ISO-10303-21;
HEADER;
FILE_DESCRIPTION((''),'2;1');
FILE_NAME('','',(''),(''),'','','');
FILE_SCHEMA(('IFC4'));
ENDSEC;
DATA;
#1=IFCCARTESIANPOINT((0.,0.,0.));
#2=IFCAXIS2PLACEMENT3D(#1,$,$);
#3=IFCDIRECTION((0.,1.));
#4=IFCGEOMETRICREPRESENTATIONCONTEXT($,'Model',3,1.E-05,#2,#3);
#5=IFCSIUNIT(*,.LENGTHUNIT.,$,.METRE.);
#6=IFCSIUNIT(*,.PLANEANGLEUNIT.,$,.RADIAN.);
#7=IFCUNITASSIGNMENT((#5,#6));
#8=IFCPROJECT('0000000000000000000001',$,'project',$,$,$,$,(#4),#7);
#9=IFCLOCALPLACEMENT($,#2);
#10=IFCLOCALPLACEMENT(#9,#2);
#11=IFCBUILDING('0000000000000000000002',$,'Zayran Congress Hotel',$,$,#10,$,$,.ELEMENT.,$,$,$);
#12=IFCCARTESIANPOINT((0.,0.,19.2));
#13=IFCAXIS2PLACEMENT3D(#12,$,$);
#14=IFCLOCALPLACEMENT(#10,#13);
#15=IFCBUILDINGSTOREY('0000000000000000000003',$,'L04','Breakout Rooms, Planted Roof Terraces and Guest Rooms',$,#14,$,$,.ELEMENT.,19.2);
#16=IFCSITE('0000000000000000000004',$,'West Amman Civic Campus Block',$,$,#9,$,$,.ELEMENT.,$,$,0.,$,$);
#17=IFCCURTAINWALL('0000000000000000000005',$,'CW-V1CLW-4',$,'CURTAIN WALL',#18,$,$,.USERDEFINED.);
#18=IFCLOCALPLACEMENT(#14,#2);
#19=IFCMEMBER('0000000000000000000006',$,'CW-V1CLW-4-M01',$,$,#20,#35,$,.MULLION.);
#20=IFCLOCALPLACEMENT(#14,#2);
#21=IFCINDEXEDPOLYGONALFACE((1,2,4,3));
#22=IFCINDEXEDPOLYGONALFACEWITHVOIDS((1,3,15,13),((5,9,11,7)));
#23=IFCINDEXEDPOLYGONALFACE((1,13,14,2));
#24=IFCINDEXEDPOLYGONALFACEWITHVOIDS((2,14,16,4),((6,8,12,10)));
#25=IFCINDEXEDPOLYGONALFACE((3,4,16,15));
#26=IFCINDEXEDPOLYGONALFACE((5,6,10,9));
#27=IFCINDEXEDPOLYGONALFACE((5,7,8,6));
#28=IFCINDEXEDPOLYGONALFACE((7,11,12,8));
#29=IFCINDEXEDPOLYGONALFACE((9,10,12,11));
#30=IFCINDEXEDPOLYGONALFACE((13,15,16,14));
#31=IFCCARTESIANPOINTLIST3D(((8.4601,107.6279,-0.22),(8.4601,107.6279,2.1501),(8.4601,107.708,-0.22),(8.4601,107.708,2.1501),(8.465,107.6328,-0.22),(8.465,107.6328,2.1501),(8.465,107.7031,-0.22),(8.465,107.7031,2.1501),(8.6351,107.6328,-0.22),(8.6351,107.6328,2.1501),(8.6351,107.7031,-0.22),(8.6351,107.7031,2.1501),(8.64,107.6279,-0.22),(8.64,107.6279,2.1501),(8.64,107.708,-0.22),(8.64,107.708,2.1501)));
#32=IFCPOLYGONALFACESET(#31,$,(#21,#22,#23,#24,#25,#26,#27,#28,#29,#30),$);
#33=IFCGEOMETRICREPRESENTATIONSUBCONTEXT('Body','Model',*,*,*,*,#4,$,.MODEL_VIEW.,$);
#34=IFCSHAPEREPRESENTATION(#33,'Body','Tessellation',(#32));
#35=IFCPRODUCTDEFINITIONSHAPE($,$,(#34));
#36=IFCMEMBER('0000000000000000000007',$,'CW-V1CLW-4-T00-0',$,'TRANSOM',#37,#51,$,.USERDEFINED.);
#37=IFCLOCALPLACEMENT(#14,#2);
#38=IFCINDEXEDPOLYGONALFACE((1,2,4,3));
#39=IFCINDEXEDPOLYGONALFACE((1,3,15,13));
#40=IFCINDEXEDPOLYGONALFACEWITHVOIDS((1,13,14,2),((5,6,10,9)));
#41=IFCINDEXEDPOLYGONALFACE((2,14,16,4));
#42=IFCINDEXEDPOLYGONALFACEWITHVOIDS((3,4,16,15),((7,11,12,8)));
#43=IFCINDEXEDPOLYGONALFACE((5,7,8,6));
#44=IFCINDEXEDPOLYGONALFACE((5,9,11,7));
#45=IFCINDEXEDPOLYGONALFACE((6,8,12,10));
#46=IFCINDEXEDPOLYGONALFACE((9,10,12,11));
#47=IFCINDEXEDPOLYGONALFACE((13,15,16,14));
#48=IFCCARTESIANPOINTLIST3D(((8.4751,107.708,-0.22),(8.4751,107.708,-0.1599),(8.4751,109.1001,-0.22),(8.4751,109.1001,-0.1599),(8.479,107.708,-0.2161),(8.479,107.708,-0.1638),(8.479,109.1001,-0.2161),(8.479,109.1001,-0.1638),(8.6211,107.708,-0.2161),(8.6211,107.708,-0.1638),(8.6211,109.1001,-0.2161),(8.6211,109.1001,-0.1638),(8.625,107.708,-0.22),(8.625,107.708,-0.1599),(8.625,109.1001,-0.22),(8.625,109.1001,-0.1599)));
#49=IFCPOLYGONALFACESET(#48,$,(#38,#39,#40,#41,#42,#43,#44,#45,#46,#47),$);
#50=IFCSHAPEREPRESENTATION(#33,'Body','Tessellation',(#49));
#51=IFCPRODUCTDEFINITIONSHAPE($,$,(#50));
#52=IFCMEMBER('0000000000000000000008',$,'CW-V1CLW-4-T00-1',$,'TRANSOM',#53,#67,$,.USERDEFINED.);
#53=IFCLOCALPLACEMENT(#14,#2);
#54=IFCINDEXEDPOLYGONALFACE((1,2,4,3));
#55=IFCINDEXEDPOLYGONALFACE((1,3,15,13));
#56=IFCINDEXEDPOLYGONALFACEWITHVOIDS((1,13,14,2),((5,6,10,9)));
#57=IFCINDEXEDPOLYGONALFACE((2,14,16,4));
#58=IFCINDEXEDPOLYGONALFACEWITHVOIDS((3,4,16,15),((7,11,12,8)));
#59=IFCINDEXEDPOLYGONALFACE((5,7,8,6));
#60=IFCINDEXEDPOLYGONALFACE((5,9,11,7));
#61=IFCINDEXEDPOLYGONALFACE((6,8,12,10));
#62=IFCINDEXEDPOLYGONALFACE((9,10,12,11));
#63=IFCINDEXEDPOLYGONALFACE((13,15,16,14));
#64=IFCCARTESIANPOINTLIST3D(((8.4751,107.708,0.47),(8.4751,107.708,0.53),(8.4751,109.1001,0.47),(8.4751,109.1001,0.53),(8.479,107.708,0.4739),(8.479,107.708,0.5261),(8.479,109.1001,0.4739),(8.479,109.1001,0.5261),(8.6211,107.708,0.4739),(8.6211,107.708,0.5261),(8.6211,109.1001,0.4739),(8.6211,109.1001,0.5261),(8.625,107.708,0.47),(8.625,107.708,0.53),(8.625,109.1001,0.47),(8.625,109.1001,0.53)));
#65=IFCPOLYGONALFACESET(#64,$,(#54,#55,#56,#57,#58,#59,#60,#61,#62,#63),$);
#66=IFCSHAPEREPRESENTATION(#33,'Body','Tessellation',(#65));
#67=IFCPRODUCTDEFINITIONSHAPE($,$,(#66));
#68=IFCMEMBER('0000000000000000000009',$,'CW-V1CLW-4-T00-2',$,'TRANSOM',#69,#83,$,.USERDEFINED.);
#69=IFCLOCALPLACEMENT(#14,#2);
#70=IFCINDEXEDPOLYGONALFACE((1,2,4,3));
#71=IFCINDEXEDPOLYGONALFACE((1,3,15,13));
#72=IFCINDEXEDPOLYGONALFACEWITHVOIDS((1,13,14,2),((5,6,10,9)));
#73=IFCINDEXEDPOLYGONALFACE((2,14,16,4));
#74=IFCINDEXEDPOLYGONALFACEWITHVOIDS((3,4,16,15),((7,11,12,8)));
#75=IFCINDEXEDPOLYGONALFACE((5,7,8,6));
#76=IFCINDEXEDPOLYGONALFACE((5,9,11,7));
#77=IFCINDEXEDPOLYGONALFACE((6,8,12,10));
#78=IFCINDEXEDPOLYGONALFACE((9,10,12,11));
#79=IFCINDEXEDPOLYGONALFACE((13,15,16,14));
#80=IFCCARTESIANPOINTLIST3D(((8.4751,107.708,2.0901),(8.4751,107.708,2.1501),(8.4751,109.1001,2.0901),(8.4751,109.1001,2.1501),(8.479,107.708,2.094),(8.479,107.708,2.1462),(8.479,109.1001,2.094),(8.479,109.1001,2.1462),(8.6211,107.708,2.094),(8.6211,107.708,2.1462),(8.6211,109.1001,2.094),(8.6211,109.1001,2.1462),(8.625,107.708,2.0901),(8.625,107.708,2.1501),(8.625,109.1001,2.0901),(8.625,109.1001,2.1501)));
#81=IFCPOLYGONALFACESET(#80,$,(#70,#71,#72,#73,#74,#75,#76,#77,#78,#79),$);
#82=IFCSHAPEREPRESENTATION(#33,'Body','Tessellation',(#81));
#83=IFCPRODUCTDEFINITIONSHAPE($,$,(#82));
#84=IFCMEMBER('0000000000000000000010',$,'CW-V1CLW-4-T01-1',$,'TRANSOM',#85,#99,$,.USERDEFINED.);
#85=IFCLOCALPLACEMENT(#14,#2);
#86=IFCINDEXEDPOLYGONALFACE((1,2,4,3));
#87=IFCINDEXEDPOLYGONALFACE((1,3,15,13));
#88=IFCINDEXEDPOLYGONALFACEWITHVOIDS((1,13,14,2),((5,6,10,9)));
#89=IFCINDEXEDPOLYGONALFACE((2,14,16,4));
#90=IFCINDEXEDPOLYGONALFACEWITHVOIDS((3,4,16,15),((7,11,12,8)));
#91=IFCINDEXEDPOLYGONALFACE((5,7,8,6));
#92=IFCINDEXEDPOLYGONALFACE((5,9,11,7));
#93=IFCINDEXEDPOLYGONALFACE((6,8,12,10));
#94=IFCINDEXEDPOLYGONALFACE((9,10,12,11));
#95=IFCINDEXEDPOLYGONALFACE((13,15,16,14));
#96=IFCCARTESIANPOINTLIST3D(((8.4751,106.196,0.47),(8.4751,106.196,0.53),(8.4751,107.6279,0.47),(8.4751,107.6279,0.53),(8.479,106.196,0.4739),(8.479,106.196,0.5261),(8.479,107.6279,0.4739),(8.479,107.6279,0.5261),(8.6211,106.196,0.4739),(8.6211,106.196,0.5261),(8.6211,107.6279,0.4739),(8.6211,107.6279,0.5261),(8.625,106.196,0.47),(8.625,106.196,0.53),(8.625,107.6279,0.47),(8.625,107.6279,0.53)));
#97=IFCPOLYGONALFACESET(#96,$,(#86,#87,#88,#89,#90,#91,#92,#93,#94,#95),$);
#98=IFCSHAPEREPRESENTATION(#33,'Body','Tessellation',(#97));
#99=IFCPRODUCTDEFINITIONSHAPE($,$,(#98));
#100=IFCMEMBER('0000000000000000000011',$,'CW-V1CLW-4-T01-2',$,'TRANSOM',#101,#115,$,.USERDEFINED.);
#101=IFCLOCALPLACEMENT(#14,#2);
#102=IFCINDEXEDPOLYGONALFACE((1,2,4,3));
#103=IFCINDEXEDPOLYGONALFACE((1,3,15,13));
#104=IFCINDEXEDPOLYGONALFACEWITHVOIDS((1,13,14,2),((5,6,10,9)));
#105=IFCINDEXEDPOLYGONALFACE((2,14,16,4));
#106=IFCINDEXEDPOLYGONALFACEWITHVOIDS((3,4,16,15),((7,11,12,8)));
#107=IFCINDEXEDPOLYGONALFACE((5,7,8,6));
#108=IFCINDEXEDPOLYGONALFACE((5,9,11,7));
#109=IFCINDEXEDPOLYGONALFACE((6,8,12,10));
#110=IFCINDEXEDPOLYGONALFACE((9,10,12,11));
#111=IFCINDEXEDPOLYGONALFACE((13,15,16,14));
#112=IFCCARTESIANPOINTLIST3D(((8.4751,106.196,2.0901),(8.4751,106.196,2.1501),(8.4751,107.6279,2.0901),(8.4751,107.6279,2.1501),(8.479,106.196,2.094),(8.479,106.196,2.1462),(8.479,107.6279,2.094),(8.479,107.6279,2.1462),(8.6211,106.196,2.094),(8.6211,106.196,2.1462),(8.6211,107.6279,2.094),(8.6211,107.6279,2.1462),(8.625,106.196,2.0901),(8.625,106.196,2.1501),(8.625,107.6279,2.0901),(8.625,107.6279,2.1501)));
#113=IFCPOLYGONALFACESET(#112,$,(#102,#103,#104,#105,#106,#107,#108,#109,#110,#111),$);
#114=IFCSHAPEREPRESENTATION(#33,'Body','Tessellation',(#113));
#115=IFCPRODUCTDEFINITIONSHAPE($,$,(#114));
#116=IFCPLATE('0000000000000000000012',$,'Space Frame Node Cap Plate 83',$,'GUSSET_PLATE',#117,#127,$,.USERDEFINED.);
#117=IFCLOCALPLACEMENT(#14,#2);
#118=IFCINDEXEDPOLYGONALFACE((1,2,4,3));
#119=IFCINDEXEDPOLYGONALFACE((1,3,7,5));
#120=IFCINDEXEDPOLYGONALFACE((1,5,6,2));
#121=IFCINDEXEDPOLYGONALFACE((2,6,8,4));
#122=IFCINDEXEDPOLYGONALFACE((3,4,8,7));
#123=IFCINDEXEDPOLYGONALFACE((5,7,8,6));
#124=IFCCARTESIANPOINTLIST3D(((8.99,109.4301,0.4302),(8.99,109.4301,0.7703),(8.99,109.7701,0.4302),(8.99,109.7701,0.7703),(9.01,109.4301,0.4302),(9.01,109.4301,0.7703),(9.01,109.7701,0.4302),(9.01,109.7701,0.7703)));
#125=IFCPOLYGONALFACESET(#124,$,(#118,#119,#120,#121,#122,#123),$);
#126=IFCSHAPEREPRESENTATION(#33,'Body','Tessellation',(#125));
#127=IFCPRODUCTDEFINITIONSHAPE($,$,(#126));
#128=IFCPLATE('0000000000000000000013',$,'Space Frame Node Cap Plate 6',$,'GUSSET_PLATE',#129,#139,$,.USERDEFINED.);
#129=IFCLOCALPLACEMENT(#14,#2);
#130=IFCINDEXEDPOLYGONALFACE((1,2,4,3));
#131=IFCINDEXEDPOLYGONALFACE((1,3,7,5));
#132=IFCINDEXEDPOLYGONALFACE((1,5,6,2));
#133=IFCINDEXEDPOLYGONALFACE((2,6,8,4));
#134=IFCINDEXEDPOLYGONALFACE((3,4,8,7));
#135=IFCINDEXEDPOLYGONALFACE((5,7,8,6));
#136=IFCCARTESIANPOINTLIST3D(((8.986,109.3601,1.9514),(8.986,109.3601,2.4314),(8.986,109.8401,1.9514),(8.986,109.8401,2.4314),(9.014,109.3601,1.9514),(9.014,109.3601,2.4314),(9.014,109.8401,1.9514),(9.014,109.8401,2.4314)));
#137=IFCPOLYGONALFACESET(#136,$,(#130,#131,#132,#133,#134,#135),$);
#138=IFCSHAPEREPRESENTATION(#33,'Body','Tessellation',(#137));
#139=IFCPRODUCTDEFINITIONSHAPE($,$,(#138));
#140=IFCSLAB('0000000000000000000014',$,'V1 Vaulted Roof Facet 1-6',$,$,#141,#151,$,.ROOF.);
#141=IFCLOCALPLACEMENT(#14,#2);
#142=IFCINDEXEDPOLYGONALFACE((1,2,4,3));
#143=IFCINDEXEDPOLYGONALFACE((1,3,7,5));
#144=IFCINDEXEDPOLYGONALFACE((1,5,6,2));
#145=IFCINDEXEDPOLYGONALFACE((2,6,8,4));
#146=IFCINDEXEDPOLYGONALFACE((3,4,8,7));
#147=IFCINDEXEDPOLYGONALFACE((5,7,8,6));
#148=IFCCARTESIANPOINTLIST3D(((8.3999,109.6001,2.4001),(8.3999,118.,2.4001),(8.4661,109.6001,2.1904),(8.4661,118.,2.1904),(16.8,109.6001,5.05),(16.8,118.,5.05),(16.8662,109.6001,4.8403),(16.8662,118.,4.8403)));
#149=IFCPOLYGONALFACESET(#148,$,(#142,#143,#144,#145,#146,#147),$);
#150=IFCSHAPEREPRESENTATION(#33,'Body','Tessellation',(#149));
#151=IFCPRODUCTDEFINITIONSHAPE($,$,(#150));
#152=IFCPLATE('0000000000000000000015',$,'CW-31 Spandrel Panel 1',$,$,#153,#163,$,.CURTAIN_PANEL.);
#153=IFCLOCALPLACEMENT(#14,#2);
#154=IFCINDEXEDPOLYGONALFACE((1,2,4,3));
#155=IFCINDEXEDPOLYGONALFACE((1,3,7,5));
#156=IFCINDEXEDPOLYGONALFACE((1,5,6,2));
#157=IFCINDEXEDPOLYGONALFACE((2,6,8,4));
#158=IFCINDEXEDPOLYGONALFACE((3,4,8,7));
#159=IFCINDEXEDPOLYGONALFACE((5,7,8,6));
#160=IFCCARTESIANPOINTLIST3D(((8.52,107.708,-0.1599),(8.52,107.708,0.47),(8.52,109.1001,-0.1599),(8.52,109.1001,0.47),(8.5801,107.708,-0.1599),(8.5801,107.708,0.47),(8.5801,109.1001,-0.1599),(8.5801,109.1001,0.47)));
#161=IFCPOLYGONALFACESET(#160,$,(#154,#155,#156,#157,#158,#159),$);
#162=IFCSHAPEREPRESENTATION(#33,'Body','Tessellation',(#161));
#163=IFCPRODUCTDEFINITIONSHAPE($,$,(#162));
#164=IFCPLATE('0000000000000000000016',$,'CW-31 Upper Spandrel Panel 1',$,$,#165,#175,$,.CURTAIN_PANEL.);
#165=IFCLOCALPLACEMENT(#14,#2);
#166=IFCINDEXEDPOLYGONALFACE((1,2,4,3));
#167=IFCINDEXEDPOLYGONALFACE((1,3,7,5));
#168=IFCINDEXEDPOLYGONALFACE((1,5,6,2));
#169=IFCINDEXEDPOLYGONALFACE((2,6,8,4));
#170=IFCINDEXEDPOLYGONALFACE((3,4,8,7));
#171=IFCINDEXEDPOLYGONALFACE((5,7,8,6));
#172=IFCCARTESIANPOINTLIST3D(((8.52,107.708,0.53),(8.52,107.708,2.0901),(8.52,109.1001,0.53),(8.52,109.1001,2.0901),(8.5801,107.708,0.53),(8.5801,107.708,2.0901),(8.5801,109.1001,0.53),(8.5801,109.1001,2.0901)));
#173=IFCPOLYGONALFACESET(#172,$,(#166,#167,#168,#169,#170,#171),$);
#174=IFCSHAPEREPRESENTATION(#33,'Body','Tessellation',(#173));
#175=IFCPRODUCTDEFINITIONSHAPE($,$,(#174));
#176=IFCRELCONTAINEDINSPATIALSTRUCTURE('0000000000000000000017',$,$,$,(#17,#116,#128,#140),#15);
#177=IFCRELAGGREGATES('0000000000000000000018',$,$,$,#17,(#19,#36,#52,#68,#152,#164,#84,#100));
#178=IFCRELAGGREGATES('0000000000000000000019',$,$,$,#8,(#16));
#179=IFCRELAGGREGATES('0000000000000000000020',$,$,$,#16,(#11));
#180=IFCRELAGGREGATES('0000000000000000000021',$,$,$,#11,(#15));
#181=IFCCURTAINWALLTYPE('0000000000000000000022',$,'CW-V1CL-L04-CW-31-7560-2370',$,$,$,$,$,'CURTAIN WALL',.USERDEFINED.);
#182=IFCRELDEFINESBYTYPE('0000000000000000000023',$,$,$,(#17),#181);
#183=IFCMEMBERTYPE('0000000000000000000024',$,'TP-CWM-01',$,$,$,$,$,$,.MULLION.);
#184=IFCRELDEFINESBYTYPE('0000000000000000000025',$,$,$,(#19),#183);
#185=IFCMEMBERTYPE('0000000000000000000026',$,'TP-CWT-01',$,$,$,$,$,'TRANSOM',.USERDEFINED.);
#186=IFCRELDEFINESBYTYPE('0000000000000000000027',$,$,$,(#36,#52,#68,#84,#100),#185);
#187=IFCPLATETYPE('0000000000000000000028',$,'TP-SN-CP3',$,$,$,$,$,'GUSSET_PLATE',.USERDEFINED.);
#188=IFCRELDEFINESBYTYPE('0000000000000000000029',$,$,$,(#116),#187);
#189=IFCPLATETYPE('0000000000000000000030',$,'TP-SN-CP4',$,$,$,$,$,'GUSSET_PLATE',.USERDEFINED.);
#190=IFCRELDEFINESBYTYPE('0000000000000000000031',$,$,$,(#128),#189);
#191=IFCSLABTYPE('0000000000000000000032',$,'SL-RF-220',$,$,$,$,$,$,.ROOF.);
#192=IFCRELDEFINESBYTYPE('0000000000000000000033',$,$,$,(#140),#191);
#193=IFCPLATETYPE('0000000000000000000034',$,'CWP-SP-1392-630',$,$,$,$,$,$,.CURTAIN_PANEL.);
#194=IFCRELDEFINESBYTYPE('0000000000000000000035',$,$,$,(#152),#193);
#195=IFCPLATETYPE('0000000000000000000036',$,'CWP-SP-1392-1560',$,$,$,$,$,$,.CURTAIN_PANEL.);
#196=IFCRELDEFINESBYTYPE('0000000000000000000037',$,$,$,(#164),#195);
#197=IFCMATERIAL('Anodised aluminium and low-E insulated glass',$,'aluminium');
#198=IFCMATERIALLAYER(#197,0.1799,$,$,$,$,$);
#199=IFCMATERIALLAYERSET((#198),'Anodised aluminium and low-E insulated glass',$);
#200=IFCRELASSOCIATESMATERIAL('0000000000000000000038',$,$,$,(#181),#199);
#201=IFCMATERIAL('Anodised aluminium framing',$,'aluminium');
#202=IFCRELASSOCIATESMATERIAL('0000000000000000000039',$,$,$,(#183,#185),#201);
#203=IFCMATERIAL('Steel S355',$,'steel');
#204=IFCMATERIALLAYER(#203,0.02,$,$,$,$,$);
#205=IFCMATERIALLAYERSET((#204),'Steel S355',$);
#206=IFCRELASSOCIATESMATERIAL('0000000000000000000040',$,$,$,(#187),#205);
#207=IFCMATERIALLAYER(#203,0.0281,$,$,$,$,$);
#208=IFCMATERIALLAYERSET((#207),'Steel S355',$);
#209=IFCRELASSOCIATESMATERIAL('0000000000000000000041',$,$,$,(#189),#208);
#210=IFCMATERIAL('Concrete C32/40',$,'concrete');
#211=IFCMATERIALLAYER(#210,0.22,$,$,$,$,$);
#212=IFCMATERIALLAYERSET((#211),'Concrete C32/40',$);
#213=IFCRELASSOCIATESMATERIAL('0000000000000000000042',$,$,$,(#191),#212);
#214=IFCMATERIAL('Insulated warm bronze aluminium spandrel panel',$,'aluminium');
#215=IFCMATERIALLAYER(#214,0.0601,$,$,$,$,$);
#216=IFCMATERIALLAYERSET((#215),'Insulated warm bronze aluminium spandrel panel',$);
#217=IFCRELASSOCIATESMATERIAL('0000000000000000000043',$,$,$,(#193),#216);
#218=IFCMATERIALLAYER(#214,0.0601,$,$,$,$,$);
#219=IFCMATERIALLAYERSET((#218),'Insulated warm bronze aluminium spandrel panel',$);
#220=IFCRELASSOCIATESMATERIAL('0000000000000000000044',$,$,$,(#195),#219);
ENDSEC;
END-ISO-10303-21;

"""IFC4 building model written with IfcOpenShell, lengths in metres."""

from ifc_helpers import new_model, si_unit, direction, frame, origin, origin_2d, place, context, subcontext, project, spatial, polyline, rectangle, hollow_rectangle, outline, extrude, material, layer, layer_set, material_profile, profile_set, type_object, element, aggregate, save


model = new_model("IFC4")

# Units and contexts
model_context = context("Model", 3, precision=1e-05, world=origin(), true_north=direction((0.0, 1.0)))
body_context = subcontext(model_context, "Body", "Model", "MODEL_VIEW")
ifc_project = project(units=[si_unit("LENGTHUNIT", "METRE"), si_unit("PLANEANGLEUNIT", "RADIAN")], contexts=[model_context])

# Site, building, storey
site_placement = place(None, origin())
site = spatial("IfcSite", under=ifc_project, at=site_placement, Name="West Amman Civic Campus Block", CompositionType="ELEMENT", RefElevation=0.0)
building_placement = place(site_placement, origin())
building = spatial("IfcBuilding", under=site, at=building_placement, Name="Zayran Congress Hotel", CompositionType="ELEMENT")
storey_placement = place(building_placement, frame((0.0, 0.0, 19.2)))
storey = spatial("IfcBuildingStorey", under=building, at=storey_placement, Name="L04", Description="Breakout Rooms, Planted Roof Terraces and Guest Rooms", CompositionType="ELEMENT", Elevation=19.2)

# Shared definitions
ifc_material_1 = material(Name="Steel S355", Category="steel")

# Curtain wall, members
ifc_material_2 = material(Name="Anodised aluminium and low-E insulated glass", Category="aluminium")
ifc_layer_1 = layer(ifc_material_2, 0.1799)
ifc_layer_set_1 = layer_set([ifc_layer_1], Name="Anodised aluminium and low-E insulated glass")
curtain_wall_type = type_object("IfcCurtainWallType", Name="CW-V1CL-L04-CW-31-7560-2370", ElementType="CURTAIN WALL", PredefinedType="USERDEFINED", material=ifc_layer_set_1)
curtain_wall_placement = place(storey_placement, origin())
curtain_wall = element("IfcCurtainWall", 1, at=curtain_wall_placement, inside=storey, type_object=curtain_wall_type, Name="CW-V1CLW-4", ObjectType="CURTAIN WALL", PredefinedType="USERDEFINED")
ifc_material_3 = material(Name="Anodised aluminium framing", Category="aluminium")
ifc_material_profile_1 = material_profile(ifc_material_3, hollow_rectangle(XDim=0.0801, YDim=0.1799, WallThickness=0.0049, at=origin_2d()), Name="RHS 180x80x5")
ifc_profile_set_1 = profile_set([ifc_material_profile_1], Name="Anodised aluminium framing")
member_type_1 = type_object("IfcMemberType", Name="TP-CWM-01", PredefinedType="MULLION", material=ifc_profile_set_1)
member_1_placement = place(storey_placement, frame((8.55, 107.668, -0.22), z_axis=(0.0, 0.0, 1.0), x_axis=(0.0, 1.0, 0.0)))
member_1 = element("IfcMember", 2, at=member_1_placement, type_object=member_type_1, Name="CW-V1CLW-4-M01", PredefinedType="MULLION", context=body_context, shape_type="SweptSolid", body=[
    extrude(hollow_rectangle(XDim=0.0801, YDim=0.1799, WallThickness=0.0049, at=origin_2d()), origin(), (0.0, 0.0, 1.0), 2.3701),
])
ifc_material_profile_2 = material_profile(ifc_material_3, hollow_rectangle(XDim=0.0601, YDim=0.1499, WallThickness=0.0039, at=origin_2d()), Name="RHS 150x60x4")
ifc_profile_set_2 = profile_set([ifc_material_profile_2], Name="Anodised aluminium framing")
member_type_2 = type_object("IfcMemberType", Name="TP-CWT-01", ElementType="TRANSOM", PredefinedType="USERDEFINED", material=ifc_profile_set_2)
member_2_placement = place(storey_placement, frame((8.55, 109.1001, -0.1899), z_axis=(0.0, -1.0, 0.0), x_axis=(0.0, 0.0, 1.0)))
member_2 = element("IfcMember", 3, at=member_2_placement, type_object=member_type_2, Name="CW-V1CLW-4-T00-0", ObjectType="TRANSOM", PredefinedType="USERDEFINED", context=body_context, shape_type="SweptSolid", body=[
    extrude(hollow_rectangle(XDim=0.0601, YDim=0.1499, WallThickness=0.0039, at=origin_2d()), origin(), (0.0, 0.0, 1.0), 1.3921),
])
member_3_placement = place(storey_placement, frame((8.55, 109.1001, 0.5), z_axis=(0.0, -1.0, 0.0), x_axis=(0.0, 0.0, 1.0)))
member_3 = element("IfcMember", 4, at=member_3_placement, type_object=member_type_2, Name="CW-V1CLW-4-T00-1", ObjectType="TRANSOM", PredefinedType="USERDEFINED", context=body_context, shape_type="SweptSolid", body=[
    extrude(hollow_rectangle(XDim=0.0601, YDim=0.1499, WallThickness=0.0039, at=origin_2d()), origin(), (0.0, 0.0, 1.0), 1.3921),
])
member_4_placement = place(storey_placement, frame((8.55, 109.1001, 2.1201), z_axis=(0.0, -1.0, 0.0), x_axis=(0.0, 0.0, 1.0)))
member_4 = element("IfcMember", 5, at=member_4_placement, type_object=member_type_2, Name="CW-V1CLW-4-T00-2", ObjectType="TRANSOM", PredefinedType="USERDEFINED", context=body_context, shape_type="SweptSolid", body=[
    extrude(hollow_rectangle(XDim=0.0601, YDim=0.1499, WallThickness=0.0039, at=origin_2d()), origin(), (0.0, 0.0, 1.0), 1.3921),
])
member_5_placement = place(storey_placement, frame((8.55, 107.6279, 0.5), z_axis=(0.0, -1.0, 0.0), x_axis=(0.0, 0.0, 1.0)))
member_5 = element("IfcMember", 6, at=member_5_placement, type_object=member_type_2, Name="CW-V1CLW-4-T01-1", ObjectType="TRANSOM", PredefinedType="USERDEFINED", context=body_context, shape_type="SweptSolid", body=[
    extrude(hollow_rectangle(XDim=0.0601, YDim=0.1499, WallThickness=0.0039, at=origin_2d()), origin(), (0.0, 0.0, 1.0), 1.4319),
])
member_6_placement = place(storey_placement, frame((8.55, 107.6279, 2.1201), z_axis=(0.0, -1.0, 0.0), x_axis=(0.0, 0.0, 1.0)))
member_6 = element("IfcMember", 7, at=member_6_placement, type_object=member_type_2, Name="CW-V1CLW-4-T01-2", ObjectType="TRANSOM", PredefinedType="USERDEFINED", context=body_context, shape_type="SweptSolid", body=[
    extrude(hollow_rectangle(XDim=0.0601, YDim=0.1499, WallThickness=0.0039, at=origin_2d()), origin(), (0.0, 0.0, 1.0), 1.4319),
])

# Plates
ifc_layer_2 = layer(ifc_material_1, 0.02)
ifc_layer_set_2 = layer_set([ifc_layer_2], Name="Steel S355")
plate_type_1 = type_object("IfcPlateType", Name="TP-SN-CP3", ElementType="GUSSET_PLATE", PredefinedType="USERDEFINED", material=ifc_layer_set_2)
plate_1_placement = place(storey_placement, frame((9.0, 109.6001, 0.4302), z_axis=(0.0, 0.0, 1.0), x_axis=(0.0, 1.0, 0.0)))
element("IfcPlate", 8, at=plate_1_placement, inside=storey, type_object=plate_type_1, Name="Space Frame Node Cap Plate 83", ObjectType="GUSSET_PLATE", PredefinedType="USERDEFINED", context=body_context, shape_type="SweptSolid", body=[
    extrude(rectangle(XDim=0.3401, YDim=0.02, at=origin_2d()), origin(), (0.0, 0.0, 1.0), 0.3401),
])
ifc_layer_3 = layer(ifc_material_1, 0.0281)
ifc_layer_set_3 = layer_set([ifc_layer_3], Name="Steel S355")
plate_type_2 = type_object("IfcPlateType", Name="TP-SN-CP4", ElementType="GUSSET_PLATE", PredefinedType="USERDEFINED", material=ifc_layer_set_3)
plate_2_placement = place(storey_placement, frame((9.0, 109.6001, 1.9514), z_axis=(0.0, 0.0, 1.0), x_axis=(0.0, 1.0, 0.0)))
element("IfcPlate", 9, at=plate_2_placement, inside=storey, type_object=plate_type_2, Name="Space Frame Node Cap Plate 6", ObjectType="GUSSET_PLATE", PredefinedType="USERDEFINED", context=body_context, shape_type="SweptSolid", body=[
    extrude(rectangle(XDim=0.48, YDim=0.0281, at=origin_2d()), origin(), (0.0, 0.0, 1.0), 0.48),
])

# Slab
ifc_material_4 = material(Name="Concrete C32/40", Category="concrete")
ifc_layer_4 = layer(ifc_material_4, 0.22)
ifc_layer_set_4 = layer_set([ifc_layer_4], Name="Concrete C32/40")
slab_type = type_object("IfcSlabType", Name="SL-RF-220", PredefinedType="ROOF", material=ifc_layer_set_4)
slab_placement = place(storey_placement, frame((8.3999, 109.6001, 2.4001), z_axis=(-0.300845, 0.0, 0.953673), x_axis=(0.953673, 0.0, 0.300845)))
element("IfcSlab", 10, at=slab_placement, inside=storey, type_object=slab_type, Name="V1 Vaulted Roof Facet 1-6", PredefinedType="ROOF", context=body_context, shape_type="SweptSolid", body=[
    extrude(outline(polyline([(0.0, 0.0), (8.8082, 0.0), (8.8082, 8.3999), (0.0, 8.3999), (0.0, 0.0)])), origin(), (0.0, 0.0, -1.0), 0.22),
])

# Plates
ifc_material_5 = material(Name="Insulated warm bronze aluminium spandrel panel", Category="aluminium")
ifc_layer_5 = layer(ifc_material_5, 0.0601)
ifc_layer_set_5 = layer_set([ifc_layer_5], Name="Insulated warm bronze aluminium spandrel panel")
plate_type_3 = type_object("IfcPlateType", Name="CWP-SP-1392-630", PredefinedType="CURTAIN_PANEL", material=ifc_layer_set_5)
plate_3_placement = place(storey_placement, frame((8.55, 108.4041, -0.1599), z_axis=(0.0, 0.0, 1.0), x_axis=(0.0, 1.0, 0.0)))
plate_3 = element("IfcPlate", 11, at=plate_3_placement, type_object=plate_type_3, Name="CW-31 Spandrel Panel 1", PredefinedType="CURTAIN_PANEL", context=body_context, shape_type="SweptSolid", body=[
    extrude(rectangle(XDim=1.3921, YDim=0.0601, at=origin_2d()), origin(), (0.0, 0.0, 1.0), 0.6299),
])
ifc_layer_6 = layer(ifc_material_5, 0.0601)
ifc_layer_set_6 = layer_set([ifc_layer_6], Name="Insulated warm bronze aluminium spandrel panel")
plate_type_4 = type_object("IfcPlateType", Name="CWP-SP-1392-1560", PredefinedType="CURTAIN_PANEL", material=ifc_layer_set_6)
plate_4_placement = place(storey_placement, frame((8.55, 108.4041, 0.53), z_axis=(0.0, 0.0, 1.0), x_axis=(0.0, 1.0, 0.0)))
plate_4 = element("IfcPlate", 12, at=plate_4_placement, type_object=plate_type_4, Name="CW-31 Upper Spandrel Panel 1", PredefinedType="CURTAIN_PANEL", context=body_context, shape_type="SweptSolid", body=[
    extrude(rectangle(XDim=1.3921, YDim=0.0601, at=origin_2d()), origin(), (0.0, 0.0, 1.0), 1.5601),
])
aggregate(curtain_wall, [member_1, member_2, member_3, member_4, plate_3, plate_4, member_5, member_6])

save(model, "model.ifc")
